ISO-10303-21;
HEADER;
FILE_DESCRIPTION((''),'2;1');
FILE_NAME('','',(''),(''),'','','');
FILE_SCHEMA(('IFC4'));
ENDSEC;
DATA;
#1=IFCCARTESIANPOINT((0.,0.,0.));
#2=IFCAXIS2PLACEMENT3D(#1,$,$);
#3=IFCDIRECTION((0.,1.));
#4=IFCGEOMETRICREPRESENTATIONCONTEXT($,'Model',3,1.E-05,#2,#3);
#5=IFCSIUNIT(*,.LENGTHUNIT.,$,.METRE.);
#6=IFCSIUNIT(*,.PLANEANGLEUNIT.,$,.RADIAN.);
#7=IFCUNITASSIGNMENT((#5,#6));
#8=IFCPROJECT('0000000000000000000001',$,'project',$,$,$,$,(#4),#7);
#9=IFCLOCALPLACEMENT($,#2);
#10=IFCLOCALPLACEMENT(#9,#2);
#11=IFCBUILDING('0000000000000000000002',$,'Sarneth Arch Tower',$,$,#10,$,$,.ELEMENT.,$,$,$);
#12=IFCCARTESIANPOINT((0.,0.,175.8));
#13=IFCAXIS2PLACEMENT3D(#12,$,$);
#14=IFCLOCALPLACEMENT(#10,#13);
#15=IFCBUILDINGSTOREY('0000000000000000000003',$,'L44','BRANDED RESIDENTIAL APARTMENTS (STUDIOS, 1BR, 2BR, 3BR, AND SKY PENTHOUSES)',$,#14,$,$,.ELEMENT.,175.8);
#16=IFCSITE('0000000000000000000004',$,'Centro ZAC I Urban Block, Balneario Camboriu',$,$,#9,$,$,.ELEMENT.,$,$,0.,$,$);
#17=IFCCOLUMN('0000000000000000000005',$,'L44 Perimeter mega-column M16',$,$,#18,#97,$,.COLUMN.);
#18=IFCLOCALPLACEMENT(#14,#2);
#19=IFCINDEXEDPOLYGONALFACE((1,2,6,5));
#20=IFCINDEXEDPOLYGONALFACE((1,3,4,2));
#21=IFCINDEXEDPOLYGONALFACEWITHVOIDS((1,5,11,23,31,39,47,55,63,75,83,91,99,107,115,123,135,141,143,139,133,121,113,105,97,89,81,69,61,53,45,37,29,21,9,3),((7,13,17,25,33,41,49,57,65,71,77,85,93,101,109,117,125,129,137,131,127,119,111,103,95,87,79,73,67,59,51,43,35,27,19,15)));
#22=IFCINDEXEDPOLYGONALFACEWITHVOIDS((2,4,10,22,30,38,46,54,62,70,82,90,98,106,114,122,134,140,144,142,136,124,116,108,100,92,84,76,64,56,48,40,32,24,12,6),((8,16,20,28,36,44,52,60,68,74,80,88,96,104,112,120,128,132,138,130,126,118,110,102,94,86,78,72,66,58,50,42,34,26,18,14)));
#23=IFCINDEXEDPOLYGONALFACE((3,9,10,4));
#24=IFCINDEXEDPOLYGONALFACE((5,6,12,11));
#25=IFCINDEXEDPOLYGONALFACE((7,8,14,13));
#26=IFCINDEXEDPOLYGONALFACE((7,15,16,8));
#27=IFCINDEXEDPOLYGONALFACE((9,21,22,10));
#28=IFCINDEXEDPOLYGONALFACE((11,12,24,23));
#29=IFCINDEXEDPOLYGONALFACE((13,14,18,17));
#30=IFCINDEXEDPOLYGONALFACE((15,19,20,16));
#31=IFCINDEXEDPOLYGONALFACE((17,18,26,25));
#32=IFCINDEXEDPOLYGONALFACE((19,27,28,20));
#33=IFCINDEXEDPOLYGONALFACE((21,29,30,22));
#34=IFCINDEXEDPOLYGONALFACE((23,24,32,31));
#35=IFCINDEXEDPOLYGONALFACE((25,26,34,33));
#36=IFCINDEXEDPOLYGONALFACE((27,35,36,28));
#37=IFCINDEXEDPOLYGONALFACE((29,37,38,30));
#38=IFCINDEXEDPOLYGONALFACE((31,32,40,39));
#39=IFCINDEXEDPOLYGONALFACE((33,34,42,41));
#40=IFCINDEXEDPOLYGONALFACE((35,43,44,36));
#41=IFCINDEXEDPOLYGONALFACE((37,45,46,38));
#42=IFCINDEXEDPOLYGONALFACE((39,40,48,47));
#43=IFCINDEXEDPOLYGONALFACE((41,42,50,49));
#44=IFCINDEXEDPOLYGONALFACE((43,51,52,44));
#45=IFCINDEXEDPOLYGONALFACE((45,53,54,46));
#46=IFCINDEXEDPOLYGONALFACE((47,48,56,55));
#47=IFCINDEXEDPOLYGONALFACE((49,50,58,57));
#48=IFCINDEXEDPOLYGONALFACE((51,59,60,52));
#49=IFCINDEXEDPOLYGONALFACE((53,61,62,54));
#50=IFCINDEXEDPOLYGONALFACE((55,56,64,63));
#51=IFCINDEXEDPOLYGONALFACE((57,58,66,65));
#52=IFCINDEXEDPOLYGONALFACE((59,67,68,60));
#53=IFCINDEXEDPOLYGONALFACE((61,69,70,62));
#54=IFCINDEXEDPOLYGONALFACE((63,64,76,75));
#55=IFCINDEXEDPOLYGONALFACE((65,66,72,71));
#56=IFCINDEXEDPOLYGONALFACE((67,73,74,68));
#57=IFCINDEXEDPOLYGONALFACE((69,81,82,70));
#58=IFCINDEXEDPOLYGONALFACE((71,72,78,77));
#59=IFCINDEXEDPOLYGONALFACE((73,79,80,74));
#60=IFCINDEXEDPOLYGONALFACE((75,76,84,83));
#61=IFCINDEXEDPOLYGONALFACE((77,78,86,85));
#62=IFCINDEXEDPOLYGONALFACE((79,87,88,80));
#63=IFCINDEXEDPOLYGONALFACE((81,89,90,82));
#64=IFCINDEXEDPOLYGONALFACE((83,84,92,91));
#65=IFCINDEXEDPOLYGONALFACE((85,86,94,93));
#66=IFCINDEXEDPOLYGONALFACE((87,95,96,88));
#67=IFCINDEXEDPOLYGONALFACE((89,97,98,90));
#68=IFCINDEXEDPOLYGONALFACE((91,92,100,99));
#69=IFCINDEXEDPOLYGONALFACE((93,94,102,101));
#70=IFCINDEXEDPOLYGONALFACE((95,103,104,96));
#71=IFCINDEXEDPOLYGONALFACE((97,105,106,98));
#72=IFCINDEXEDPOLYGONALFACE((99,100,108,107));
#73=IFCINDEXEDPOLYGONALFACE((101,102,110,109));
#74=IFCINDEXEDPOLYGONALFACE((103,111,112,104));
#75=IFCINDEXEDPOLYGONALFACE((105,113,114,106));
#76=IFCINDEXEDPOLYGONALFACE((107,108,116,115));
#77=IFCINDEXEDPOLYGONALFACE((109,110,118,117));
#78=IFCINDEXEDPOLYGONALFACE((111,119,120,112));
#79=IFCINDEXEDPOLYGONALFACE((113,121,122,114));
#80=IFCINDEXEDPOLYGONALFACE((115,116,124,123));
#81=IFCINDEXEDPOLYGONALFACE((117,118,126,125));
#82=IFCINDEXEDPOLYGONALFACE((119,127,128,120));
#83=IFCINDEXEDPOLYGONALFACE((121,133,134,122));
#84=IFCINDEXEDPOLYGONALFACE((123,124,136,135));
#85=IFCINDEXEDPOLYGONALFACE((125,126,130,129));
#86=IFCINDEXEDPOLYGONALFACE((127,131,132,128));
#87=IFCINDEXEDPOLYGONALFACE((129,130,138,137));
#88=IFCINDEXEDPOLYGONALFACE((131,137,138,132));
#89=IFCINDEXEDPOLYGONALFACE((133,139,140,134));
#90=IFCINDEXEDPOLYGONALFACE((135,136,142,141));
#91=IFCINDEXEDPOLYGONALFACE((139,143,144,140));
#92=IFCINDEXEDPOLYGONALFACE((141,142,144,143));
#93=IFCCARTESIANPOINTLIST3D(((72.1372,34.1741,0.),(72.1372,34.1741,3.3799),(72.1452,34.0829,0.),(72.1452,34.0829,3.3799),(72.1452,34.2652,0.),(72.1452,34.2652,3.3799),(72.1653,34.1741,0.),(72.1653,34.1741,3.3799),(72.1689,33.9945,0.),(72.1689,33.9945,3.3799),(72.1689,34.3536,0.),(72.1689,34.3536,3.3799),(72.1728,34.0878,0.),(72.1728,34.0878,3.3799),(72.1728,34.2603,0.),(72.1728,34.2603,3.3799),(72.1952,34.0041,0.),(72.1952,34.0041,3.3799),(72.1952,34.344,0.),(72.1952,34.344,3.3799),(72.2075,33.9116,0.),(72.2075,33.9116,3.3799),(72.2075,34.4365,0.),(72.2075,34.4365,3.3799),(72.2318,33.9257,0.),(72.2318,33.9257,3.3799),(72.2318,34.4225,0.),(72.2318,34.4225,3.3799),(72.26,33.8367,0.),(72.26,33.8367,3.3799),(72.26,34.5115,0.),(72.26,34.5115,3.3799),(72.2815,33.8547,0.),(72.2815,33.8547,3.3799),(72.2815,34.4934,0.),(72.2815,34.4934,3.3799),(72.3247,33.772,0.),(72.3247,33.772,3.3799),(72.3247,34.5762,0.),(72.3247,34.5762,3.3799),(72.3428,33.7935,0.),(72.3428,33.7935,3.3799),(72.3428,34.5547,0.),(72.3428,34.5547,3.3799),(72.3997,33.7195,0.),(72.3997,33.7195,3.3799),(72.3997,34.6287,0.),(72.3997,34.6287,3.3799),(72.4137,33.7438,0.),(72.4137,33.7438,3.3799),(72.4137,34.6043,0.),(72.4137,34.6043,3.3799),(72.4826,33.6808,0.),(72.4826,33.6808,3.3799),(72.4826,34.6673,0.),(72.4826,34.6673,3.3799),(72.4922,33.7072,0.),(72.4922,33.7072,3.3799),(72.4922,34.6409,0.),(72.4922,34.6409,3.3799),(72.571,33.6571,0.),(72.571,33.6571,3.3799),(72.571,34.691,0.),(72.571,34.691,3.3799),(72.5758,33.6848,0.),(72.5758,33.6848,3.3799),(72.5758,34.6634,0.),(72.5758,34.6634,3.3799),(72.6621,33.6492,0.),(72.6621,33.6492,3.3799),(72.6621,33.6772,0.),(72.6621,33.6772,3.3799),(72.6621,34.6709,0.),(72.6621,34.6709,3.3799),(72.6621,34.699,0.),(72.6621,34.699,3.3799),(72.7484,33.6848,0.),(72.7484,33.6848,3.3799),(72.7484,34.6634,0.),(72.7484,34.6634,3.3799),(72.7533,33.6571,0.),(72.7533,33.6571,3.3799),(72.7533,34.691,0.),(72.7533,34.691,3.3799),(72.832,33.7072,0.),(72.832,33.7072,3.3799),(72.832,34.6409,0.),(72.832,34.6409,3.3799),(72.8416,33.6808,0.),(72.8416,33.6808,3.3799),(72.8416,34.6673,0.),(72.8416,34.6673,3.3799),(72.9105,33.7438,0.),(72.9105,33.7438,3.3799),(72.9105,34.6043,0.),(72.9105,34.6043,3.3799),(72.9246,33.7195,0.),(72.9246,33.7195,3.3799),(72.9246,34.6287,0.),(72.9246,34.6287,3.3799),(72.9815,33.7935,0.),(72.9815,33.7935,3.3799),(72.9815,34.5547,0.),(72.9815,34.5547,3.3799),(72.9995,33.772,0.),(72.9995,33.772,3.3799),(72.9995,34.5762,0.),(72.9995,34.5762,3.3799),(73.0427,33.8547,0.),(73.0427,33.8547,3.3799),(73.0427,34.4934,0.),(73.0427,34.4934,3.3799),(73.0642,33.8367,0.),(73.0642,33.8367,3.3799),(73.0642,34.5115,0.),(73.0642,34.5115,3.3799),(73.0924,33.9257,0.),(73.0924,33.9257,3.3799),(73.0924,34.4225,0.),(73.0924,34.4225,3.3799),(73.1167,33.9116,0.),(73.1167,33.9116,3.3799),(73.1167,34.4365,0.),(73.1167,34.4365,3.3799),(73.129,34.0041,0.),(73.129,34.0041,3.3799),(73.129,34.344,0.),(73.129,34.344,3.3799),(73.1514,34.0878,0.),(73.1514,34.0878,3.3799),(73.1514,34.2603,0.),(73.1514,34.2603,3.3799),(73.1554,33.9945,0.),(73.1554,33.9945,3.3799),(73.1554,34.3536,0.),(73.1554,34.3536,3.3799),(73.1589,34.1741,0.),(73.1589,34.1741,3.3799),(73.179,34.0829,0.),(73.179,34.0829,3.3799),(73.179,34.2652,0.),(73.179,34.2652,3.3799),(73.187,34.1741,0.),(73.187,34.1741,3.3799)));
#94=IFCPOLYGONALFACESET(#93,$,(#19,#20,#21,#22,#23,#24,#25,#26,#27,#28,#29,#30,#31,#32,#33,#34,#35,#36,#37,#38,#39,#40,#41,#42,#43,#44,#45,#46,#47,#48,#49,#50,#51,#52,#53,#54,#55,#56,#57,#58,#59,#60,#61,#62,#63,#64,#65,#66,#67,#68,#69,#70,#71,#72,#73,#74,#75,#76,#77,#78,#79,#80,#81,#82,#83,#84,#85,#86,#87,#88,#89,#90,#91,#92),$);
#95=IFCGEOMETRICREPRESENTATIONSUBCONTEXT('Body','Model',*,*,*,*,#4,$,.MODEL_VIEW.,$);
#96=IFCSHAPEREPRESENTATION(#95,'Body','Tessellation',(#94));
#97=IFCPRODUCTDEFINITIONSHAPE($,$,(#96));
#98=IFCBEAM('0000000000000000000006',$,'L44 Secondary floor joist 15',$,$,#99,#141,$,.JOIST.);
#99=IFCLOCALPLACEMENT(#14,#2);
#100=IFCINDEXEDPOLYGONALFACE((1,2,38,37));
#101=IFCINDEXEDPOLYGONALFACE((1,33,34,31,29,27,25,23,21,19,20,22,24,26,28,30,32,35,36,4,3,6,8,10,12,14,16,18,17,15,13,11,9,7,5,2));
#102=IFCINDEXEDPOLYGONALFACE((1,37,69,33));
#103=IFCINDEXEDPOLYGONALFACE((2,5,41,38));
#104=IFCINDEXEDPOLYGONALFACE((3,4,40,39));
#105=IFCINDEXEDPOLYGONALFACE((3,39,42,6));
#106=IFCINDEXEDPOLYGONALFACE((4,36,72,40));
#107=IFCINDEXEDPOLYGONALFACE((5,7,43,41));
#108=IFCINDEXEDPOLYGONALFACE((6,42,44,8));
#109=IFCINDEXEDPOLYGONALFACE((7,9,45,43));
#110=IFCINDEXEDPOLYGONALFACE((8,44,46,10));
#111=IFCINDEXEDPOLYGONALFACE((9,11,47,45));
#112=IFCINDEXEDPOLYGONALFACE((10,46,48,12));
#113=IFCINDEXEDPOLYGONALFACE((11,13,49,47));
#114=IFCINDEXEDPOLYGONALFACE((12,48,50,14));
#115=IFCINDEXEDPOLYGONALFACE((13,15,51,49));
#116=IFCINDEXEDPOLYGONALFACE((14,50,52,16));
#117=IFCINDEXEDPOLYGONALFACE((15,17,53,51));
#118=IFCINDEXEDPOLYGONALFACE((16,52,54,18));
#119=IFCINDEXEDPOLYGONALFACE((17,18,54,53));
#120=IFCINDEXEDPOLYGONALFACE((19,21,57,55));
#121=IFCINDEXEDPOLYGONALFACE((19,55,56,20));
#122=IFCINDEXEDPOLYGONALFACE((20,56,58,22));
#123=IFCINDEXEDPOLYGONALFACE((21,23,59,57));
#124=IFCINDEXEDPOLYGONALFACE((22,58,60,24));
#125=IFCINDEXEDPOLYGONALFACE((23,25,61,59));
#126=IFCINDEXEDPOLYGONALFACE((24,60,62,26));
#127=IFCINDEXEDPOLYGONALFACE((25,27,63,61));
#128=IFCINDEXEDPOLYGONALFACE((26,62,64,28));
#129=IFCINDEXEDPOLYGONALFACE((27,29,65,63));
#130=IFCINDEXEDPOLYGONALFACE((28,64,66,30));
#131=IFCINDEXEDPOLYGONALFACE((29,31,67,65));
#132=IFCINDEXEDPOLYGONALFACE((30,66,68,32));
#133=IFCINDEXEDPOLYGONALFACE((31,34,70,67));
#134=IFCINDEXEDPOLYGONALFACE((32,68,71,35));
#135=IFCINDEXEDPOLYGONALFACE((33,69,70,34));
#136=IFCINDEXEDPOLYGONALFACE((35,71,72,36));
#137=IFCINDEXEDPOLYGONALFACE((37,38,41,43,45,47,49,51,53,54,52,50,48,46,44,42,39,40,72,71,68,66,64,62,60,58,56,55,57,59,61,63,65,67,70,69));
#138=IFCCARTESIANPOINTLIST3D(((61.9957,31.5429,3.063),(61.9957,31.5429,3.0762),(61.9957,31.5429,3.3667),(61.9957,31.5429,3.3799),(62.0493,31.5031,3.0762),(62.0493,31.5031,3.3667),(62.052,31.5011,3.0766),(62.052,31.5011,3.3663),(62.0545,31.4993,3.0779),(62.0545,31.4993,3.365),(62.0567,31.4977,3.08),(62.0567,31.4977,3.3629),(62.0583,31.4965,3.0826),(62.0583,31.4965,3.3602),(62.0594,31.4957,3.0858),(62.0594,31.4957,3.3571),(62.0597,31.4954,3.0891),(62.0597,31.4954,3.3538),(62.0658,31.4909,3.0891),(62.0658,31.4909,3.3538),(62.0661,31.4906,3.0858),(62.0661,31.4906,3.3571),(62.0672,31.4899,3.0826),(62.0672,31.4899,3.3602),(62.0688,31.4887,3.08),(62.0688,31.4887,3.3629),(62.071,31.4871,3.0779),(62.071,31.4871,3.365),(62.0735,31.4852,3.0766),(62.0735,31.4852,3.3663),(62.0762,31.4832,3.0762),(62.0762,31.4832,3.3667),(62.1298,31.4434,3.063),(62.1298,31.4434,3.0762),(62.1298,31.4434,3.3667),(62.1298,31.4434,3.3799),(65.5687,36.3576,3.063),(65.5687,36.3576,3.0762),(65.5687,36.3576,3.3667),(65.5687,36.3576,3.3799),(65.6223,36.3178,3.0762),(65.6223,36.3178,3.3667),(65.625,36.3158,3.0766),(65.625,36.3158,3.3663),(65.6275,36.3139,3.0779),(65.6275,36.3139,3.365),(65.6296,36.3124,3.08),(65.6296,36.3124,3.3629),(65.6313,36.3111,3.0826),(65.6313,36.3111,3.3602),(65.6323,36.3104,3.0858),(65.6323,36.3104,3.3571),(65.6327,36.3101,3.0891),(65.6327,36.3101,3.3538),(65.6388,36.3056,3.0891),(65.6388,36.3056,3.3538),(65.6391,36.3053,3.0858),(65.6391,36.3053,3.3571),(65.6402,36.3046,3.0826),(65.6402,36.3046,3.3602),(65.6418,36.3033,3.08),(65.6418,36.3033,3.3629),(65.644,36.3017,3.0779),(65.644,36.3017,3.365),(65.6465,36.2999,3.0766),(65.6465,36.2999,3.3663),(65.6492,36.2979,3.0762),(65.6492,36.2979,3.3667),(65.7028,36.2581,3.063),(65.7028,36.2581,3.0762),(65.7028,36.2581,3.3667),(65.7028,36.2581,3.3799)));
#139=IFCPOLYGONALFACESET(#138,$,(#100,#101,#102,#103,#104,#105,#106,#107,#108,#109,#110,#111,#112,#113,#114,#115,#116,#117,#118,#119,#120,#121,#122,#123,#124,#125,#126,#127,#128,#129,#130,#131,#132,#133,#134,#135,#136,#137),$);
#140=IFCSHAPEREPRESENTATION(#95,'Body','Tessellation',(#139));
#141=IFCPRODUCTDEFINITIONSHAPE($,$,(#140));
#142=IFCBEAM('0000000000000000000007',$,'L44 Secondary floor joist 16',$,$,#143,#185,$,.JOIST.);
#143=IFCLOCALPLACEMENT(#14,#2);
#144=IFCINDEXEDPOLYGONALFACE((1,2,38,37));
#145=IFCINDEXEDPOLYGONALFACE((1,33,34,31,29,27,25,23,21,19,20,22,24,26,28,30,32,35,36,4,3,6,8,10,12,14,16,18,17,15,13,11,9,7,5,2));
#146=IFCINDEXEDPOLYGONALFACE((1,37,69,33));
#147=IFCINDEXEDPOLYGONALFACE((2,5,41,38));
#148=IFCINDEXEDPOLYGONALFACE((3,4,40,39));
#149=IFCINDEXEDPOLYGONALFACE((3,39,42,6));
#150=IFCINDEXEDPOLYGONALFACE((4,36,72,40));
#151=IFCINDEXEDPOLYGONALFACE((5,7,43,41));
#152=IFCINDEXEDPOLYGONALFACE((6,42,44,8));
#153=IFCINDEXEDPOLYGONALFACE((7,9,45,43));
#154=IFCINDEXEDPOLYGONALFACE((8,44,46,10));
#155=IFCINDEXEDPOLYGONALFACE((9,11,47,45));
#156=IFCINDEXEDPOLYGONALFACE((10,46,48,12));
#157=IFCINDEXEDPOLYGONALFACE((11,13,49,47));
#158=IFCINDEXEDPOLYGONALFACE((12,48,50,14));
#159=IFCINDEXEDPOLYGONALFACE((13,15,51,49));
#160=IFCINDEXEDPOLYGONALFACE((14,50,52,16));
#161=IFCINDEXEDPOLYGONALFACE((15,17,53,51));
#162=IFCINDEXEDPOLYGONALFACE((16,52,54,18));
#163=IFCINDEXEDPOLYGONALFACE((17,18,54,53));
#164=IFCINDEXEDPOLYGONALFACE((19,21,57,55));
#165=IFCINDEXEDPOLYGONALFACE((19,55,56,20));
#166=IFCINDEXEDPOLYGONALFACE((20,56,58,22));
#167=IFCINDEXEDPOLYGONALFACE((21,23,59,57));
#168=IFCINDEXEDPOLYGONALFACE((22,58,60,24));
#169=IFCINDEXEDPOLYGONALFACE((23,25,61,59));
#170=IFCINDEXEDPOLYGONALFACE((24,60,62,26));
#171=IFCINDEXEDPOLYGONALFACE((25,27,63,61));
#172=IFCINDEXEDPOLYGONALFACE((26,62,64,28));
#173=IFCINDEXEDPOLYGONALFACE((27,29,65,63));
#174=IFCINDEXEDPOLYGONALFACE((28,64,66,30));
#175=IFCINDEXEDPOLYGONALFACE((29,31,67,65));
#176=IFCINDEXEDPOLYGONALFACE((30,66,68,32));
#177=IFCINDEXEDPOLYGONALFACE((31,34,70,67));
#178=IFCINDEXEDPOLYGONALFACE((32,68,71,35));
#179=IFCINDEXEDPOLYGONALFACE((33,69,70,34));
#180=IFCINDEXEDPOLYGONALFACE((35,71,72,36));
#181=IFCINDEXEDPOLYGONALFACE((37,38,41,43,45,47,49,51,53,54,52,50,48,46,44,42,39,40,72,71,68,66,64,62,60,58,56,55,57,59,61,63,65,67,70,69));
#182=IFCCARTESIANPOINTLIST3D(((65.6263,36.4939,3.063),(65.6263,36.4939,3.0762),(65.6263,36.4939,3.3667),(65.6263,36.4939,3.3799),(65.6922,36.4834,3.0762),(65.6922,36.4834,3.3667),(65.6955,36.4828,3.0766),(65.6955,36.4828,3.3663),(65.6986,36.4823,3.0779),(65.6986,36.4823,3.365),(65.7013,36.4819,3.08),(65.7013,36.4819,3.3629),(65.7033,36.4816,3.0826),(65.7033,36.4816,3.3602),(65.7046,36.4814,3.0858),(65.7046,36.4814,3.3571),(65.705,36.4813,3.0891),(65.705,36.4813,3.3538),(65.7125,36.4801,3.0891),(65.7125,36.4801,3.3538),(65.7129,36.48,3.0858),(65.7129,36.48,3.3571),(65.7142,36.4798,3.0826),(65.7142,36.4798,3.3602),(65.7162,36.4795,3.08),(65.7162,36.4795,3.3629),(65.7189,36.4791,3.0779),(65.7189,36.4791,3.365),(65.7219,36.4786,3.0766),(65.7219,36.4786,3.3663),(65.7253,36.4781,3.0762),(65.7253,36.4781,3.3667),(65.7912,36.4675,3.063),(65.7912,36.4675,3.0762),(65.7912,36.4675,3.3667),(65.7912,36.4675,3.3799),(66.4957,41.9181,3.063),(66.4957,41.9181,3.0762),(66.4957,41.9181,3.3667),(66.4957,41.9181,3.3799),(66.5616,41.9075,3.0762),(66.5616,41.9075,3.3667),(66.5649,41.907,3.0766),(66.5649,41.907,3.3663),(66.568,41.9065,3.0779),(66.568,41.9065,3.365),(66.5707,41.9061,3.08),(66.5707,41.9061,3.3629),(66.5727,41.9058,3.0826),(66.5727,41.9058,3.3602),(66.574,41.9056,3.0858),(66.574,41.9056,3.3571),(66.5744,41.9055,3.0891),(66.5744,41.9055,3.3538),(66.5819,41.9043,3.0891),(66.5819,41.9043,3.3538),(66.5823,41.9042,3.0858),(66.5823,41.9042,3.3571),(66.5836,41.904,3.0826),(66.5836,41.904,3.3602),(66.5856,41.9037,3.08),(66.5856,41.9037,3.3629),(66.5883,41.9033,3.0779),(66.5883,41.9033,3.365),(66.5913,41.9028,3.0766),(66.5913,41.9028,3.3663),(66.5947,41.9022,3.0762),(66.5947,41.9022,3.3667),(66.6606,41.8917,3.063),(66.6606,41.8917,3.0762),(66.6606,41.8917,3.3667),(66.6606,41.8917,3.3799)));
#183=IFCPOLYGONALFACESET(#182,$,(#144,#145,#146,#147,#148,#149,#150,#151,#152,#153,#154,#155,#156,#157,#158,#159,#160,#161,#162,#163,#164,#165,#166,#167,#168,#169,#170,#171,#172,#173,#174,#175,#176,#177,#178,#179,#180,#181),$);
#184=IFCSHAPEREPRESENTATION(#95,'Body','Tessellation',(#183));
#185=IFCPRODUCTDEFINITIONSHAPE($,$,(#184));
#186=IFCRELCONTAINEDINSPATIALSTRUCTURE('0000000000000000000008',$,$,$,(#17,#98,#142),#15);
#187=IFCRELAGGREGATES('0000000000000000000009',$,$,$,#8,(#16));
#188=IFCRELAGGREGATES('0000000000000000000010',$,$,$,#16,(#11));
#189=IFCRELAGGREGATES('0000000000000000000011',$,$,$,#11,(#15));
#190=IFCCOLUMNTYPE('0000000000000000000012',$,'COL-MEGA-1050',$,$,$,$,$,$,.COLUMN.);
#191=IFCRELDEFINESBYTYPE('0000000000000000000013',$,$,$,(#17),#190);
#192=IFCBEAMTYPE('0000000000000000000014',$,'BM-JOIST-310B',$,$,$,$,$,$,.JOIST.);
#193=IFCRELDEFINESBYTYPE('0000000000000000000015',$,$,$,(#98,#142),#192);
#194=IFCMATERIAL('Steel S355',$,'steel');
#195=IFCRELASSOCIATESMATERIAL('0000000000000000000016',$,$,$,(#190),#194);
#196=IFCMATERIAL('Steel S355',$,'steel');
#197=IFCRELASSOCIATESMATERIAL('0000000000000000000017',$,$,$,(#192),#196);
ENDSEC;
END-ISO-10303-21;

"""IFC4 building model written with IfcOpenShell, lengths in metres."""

from ifc_helpers import new_model, si_unit, direction, frame, origin, origin_2d, place, context, subcontext, project, spatial, hollow_circle, i_section, extrude, material, material_profile, profile_set, type_object, element, save


model = new_model("IFC4")

# Units and contexts
model_context = context("Model", 3, precision=1e-05, world=origin(), true_north=direction((0.0, 1.0)))
body_context = subcontext(model_context, "Body", "Model", "MODEL_VIEW")
ifc_project = project(units=[si_unit("LENGTHUNIT", "METRE"), si_unit("PLANEANGLEUNIT", "RADIAN")], contexts=[model_context])

# Site, building, storey
site_placement = place(None, origin())
site = spatial("IfcSite", under=ifc_project, at=site_placement, Name="Centro ZAC I Urban Block, Balneario Camboriu", CompositionType="ELEMENT", RefElevation=0.0)
building_placement = place(site_placement, origin())
building = spatial("IfcBuilding", under=site, at=building_placement, Name="Sarneth Arch Tower", CompositionType="ELEMENT")
storey_placement = place(building_placement, frame((0.0, 0.0, 175.8)))
storey = spatial("IfcBuildingStorey", under=building, at=storey_placement, Name="L44", Description="BRANDED RESIDENTIAL APARTMENTS (STUDIOS, 1BR, 2BR, 3BR, AND SKY PENTHOUSES)", CompositionType="ELEMENT", Elevation=175.8)

# Column
ifc_material_1 = material(Name="Steel S355", Category="steel")
ifc_material_profile_1 = material_profile(ifc_material_1, hollow_circle(Radius=0.5249, WallThickness=0.0281, at=origin_2d()), Name="CHS1050x28")
ifc_profile_set_1 = profile_set([ifc_material_profile_1], Name="Steel S355")
column_type = type_object("IfcColumnType", Name="COL-MEGA-1050", PredefinedType="COLUMN", material=ifc_profile_set_1)
column_placement = place(storey_placement, frame((72.6621, 34.1741, 0.0), z_axis=(0.0, 0.0, 1.0), x_axis=(1.0, 0.0, 0.0)))
element("IfcColumn", 1, at=column_placement, inside=storey, type_object=column_type, Name="L44 Perimeter mega-column M16", PredefinedType="COLUMN", context=body_context, shape_type="SweptSolid", body=[
    extrude(hollow_circle(Radius=0.5249, WallThickness=0.0281, at=origin_2d()), origin(), (0.0, 0.0, 1.0), 3.3799),
])

# Beams
ifc_material_2 = material(Name="Steel S355", Category="steel")
ifc_material_profile_2 = material_profile(ifc_material_2, i_section(OverallWidth=0.167, OverallDepth=0.3169, WebThickness=0.0076, FlangeThickness=0.0132, FilletRadius=0.0129, at=origin_2d()), Name="W310x52")
ifc_profile_set_2 = profile_set([ifc_material_profile_2], Name="Steel S355")
beam_type_1 = type_object("IfcBeamType", Name="BM-JOIST-310B", PredefinedType="JOIST", material=ifc_profile_set_2)
beam_1_placement = place(storey_placement, frame((62.0627, 31.4932, 3.2214), z_axis=(0.595933, 0.803034, 0.0), x_axis=(-0.803034, 0.595933, 0.0)))
element("IfcBeam", 2, at=beam_1_placement, inside=storey, type_object=beam_type_1, Name="L44 Secondary floor joist 15", PredefinedType="JOIST", context=body_context, shape_type="SweptSolid", body=[
    extrude(i_section(OverallWidth=0.167, OverallDepth=0.3169, WebThickness=0.0076, FlangeThickness=0.0132, FilletRadius=0.0129, at=origin_2d()), origin(), (0.0, 0.0, 1.0), 5.9956),
])
beam_2_placement = place(storey_placement, frame((65.7087, 36.4807, 3.2214), z_axis=(0.158263, 0.987397, 0.0), x_axis=(-0.987397, 0.158263, 0.0)))
element("IfcBeam", 3, at=beam_2_placement, inside=storey, type_object=beam_type_1, Name="L44 Secondary floor joist 16", PredefinedType="JOIST", context=body_context, shape_type="SweptSolid", body=[
    extrude(i_section(OverallWidth=0.167, OverallDepth=0.3169, WebThickness=0.0076, FlangeThickness=0.0132, FilletRadius=0.0129, at=origin_2d()), origin(), (0.0, 0.0, 1.0), 5.4934),
])

save(model, "model.ifc")
